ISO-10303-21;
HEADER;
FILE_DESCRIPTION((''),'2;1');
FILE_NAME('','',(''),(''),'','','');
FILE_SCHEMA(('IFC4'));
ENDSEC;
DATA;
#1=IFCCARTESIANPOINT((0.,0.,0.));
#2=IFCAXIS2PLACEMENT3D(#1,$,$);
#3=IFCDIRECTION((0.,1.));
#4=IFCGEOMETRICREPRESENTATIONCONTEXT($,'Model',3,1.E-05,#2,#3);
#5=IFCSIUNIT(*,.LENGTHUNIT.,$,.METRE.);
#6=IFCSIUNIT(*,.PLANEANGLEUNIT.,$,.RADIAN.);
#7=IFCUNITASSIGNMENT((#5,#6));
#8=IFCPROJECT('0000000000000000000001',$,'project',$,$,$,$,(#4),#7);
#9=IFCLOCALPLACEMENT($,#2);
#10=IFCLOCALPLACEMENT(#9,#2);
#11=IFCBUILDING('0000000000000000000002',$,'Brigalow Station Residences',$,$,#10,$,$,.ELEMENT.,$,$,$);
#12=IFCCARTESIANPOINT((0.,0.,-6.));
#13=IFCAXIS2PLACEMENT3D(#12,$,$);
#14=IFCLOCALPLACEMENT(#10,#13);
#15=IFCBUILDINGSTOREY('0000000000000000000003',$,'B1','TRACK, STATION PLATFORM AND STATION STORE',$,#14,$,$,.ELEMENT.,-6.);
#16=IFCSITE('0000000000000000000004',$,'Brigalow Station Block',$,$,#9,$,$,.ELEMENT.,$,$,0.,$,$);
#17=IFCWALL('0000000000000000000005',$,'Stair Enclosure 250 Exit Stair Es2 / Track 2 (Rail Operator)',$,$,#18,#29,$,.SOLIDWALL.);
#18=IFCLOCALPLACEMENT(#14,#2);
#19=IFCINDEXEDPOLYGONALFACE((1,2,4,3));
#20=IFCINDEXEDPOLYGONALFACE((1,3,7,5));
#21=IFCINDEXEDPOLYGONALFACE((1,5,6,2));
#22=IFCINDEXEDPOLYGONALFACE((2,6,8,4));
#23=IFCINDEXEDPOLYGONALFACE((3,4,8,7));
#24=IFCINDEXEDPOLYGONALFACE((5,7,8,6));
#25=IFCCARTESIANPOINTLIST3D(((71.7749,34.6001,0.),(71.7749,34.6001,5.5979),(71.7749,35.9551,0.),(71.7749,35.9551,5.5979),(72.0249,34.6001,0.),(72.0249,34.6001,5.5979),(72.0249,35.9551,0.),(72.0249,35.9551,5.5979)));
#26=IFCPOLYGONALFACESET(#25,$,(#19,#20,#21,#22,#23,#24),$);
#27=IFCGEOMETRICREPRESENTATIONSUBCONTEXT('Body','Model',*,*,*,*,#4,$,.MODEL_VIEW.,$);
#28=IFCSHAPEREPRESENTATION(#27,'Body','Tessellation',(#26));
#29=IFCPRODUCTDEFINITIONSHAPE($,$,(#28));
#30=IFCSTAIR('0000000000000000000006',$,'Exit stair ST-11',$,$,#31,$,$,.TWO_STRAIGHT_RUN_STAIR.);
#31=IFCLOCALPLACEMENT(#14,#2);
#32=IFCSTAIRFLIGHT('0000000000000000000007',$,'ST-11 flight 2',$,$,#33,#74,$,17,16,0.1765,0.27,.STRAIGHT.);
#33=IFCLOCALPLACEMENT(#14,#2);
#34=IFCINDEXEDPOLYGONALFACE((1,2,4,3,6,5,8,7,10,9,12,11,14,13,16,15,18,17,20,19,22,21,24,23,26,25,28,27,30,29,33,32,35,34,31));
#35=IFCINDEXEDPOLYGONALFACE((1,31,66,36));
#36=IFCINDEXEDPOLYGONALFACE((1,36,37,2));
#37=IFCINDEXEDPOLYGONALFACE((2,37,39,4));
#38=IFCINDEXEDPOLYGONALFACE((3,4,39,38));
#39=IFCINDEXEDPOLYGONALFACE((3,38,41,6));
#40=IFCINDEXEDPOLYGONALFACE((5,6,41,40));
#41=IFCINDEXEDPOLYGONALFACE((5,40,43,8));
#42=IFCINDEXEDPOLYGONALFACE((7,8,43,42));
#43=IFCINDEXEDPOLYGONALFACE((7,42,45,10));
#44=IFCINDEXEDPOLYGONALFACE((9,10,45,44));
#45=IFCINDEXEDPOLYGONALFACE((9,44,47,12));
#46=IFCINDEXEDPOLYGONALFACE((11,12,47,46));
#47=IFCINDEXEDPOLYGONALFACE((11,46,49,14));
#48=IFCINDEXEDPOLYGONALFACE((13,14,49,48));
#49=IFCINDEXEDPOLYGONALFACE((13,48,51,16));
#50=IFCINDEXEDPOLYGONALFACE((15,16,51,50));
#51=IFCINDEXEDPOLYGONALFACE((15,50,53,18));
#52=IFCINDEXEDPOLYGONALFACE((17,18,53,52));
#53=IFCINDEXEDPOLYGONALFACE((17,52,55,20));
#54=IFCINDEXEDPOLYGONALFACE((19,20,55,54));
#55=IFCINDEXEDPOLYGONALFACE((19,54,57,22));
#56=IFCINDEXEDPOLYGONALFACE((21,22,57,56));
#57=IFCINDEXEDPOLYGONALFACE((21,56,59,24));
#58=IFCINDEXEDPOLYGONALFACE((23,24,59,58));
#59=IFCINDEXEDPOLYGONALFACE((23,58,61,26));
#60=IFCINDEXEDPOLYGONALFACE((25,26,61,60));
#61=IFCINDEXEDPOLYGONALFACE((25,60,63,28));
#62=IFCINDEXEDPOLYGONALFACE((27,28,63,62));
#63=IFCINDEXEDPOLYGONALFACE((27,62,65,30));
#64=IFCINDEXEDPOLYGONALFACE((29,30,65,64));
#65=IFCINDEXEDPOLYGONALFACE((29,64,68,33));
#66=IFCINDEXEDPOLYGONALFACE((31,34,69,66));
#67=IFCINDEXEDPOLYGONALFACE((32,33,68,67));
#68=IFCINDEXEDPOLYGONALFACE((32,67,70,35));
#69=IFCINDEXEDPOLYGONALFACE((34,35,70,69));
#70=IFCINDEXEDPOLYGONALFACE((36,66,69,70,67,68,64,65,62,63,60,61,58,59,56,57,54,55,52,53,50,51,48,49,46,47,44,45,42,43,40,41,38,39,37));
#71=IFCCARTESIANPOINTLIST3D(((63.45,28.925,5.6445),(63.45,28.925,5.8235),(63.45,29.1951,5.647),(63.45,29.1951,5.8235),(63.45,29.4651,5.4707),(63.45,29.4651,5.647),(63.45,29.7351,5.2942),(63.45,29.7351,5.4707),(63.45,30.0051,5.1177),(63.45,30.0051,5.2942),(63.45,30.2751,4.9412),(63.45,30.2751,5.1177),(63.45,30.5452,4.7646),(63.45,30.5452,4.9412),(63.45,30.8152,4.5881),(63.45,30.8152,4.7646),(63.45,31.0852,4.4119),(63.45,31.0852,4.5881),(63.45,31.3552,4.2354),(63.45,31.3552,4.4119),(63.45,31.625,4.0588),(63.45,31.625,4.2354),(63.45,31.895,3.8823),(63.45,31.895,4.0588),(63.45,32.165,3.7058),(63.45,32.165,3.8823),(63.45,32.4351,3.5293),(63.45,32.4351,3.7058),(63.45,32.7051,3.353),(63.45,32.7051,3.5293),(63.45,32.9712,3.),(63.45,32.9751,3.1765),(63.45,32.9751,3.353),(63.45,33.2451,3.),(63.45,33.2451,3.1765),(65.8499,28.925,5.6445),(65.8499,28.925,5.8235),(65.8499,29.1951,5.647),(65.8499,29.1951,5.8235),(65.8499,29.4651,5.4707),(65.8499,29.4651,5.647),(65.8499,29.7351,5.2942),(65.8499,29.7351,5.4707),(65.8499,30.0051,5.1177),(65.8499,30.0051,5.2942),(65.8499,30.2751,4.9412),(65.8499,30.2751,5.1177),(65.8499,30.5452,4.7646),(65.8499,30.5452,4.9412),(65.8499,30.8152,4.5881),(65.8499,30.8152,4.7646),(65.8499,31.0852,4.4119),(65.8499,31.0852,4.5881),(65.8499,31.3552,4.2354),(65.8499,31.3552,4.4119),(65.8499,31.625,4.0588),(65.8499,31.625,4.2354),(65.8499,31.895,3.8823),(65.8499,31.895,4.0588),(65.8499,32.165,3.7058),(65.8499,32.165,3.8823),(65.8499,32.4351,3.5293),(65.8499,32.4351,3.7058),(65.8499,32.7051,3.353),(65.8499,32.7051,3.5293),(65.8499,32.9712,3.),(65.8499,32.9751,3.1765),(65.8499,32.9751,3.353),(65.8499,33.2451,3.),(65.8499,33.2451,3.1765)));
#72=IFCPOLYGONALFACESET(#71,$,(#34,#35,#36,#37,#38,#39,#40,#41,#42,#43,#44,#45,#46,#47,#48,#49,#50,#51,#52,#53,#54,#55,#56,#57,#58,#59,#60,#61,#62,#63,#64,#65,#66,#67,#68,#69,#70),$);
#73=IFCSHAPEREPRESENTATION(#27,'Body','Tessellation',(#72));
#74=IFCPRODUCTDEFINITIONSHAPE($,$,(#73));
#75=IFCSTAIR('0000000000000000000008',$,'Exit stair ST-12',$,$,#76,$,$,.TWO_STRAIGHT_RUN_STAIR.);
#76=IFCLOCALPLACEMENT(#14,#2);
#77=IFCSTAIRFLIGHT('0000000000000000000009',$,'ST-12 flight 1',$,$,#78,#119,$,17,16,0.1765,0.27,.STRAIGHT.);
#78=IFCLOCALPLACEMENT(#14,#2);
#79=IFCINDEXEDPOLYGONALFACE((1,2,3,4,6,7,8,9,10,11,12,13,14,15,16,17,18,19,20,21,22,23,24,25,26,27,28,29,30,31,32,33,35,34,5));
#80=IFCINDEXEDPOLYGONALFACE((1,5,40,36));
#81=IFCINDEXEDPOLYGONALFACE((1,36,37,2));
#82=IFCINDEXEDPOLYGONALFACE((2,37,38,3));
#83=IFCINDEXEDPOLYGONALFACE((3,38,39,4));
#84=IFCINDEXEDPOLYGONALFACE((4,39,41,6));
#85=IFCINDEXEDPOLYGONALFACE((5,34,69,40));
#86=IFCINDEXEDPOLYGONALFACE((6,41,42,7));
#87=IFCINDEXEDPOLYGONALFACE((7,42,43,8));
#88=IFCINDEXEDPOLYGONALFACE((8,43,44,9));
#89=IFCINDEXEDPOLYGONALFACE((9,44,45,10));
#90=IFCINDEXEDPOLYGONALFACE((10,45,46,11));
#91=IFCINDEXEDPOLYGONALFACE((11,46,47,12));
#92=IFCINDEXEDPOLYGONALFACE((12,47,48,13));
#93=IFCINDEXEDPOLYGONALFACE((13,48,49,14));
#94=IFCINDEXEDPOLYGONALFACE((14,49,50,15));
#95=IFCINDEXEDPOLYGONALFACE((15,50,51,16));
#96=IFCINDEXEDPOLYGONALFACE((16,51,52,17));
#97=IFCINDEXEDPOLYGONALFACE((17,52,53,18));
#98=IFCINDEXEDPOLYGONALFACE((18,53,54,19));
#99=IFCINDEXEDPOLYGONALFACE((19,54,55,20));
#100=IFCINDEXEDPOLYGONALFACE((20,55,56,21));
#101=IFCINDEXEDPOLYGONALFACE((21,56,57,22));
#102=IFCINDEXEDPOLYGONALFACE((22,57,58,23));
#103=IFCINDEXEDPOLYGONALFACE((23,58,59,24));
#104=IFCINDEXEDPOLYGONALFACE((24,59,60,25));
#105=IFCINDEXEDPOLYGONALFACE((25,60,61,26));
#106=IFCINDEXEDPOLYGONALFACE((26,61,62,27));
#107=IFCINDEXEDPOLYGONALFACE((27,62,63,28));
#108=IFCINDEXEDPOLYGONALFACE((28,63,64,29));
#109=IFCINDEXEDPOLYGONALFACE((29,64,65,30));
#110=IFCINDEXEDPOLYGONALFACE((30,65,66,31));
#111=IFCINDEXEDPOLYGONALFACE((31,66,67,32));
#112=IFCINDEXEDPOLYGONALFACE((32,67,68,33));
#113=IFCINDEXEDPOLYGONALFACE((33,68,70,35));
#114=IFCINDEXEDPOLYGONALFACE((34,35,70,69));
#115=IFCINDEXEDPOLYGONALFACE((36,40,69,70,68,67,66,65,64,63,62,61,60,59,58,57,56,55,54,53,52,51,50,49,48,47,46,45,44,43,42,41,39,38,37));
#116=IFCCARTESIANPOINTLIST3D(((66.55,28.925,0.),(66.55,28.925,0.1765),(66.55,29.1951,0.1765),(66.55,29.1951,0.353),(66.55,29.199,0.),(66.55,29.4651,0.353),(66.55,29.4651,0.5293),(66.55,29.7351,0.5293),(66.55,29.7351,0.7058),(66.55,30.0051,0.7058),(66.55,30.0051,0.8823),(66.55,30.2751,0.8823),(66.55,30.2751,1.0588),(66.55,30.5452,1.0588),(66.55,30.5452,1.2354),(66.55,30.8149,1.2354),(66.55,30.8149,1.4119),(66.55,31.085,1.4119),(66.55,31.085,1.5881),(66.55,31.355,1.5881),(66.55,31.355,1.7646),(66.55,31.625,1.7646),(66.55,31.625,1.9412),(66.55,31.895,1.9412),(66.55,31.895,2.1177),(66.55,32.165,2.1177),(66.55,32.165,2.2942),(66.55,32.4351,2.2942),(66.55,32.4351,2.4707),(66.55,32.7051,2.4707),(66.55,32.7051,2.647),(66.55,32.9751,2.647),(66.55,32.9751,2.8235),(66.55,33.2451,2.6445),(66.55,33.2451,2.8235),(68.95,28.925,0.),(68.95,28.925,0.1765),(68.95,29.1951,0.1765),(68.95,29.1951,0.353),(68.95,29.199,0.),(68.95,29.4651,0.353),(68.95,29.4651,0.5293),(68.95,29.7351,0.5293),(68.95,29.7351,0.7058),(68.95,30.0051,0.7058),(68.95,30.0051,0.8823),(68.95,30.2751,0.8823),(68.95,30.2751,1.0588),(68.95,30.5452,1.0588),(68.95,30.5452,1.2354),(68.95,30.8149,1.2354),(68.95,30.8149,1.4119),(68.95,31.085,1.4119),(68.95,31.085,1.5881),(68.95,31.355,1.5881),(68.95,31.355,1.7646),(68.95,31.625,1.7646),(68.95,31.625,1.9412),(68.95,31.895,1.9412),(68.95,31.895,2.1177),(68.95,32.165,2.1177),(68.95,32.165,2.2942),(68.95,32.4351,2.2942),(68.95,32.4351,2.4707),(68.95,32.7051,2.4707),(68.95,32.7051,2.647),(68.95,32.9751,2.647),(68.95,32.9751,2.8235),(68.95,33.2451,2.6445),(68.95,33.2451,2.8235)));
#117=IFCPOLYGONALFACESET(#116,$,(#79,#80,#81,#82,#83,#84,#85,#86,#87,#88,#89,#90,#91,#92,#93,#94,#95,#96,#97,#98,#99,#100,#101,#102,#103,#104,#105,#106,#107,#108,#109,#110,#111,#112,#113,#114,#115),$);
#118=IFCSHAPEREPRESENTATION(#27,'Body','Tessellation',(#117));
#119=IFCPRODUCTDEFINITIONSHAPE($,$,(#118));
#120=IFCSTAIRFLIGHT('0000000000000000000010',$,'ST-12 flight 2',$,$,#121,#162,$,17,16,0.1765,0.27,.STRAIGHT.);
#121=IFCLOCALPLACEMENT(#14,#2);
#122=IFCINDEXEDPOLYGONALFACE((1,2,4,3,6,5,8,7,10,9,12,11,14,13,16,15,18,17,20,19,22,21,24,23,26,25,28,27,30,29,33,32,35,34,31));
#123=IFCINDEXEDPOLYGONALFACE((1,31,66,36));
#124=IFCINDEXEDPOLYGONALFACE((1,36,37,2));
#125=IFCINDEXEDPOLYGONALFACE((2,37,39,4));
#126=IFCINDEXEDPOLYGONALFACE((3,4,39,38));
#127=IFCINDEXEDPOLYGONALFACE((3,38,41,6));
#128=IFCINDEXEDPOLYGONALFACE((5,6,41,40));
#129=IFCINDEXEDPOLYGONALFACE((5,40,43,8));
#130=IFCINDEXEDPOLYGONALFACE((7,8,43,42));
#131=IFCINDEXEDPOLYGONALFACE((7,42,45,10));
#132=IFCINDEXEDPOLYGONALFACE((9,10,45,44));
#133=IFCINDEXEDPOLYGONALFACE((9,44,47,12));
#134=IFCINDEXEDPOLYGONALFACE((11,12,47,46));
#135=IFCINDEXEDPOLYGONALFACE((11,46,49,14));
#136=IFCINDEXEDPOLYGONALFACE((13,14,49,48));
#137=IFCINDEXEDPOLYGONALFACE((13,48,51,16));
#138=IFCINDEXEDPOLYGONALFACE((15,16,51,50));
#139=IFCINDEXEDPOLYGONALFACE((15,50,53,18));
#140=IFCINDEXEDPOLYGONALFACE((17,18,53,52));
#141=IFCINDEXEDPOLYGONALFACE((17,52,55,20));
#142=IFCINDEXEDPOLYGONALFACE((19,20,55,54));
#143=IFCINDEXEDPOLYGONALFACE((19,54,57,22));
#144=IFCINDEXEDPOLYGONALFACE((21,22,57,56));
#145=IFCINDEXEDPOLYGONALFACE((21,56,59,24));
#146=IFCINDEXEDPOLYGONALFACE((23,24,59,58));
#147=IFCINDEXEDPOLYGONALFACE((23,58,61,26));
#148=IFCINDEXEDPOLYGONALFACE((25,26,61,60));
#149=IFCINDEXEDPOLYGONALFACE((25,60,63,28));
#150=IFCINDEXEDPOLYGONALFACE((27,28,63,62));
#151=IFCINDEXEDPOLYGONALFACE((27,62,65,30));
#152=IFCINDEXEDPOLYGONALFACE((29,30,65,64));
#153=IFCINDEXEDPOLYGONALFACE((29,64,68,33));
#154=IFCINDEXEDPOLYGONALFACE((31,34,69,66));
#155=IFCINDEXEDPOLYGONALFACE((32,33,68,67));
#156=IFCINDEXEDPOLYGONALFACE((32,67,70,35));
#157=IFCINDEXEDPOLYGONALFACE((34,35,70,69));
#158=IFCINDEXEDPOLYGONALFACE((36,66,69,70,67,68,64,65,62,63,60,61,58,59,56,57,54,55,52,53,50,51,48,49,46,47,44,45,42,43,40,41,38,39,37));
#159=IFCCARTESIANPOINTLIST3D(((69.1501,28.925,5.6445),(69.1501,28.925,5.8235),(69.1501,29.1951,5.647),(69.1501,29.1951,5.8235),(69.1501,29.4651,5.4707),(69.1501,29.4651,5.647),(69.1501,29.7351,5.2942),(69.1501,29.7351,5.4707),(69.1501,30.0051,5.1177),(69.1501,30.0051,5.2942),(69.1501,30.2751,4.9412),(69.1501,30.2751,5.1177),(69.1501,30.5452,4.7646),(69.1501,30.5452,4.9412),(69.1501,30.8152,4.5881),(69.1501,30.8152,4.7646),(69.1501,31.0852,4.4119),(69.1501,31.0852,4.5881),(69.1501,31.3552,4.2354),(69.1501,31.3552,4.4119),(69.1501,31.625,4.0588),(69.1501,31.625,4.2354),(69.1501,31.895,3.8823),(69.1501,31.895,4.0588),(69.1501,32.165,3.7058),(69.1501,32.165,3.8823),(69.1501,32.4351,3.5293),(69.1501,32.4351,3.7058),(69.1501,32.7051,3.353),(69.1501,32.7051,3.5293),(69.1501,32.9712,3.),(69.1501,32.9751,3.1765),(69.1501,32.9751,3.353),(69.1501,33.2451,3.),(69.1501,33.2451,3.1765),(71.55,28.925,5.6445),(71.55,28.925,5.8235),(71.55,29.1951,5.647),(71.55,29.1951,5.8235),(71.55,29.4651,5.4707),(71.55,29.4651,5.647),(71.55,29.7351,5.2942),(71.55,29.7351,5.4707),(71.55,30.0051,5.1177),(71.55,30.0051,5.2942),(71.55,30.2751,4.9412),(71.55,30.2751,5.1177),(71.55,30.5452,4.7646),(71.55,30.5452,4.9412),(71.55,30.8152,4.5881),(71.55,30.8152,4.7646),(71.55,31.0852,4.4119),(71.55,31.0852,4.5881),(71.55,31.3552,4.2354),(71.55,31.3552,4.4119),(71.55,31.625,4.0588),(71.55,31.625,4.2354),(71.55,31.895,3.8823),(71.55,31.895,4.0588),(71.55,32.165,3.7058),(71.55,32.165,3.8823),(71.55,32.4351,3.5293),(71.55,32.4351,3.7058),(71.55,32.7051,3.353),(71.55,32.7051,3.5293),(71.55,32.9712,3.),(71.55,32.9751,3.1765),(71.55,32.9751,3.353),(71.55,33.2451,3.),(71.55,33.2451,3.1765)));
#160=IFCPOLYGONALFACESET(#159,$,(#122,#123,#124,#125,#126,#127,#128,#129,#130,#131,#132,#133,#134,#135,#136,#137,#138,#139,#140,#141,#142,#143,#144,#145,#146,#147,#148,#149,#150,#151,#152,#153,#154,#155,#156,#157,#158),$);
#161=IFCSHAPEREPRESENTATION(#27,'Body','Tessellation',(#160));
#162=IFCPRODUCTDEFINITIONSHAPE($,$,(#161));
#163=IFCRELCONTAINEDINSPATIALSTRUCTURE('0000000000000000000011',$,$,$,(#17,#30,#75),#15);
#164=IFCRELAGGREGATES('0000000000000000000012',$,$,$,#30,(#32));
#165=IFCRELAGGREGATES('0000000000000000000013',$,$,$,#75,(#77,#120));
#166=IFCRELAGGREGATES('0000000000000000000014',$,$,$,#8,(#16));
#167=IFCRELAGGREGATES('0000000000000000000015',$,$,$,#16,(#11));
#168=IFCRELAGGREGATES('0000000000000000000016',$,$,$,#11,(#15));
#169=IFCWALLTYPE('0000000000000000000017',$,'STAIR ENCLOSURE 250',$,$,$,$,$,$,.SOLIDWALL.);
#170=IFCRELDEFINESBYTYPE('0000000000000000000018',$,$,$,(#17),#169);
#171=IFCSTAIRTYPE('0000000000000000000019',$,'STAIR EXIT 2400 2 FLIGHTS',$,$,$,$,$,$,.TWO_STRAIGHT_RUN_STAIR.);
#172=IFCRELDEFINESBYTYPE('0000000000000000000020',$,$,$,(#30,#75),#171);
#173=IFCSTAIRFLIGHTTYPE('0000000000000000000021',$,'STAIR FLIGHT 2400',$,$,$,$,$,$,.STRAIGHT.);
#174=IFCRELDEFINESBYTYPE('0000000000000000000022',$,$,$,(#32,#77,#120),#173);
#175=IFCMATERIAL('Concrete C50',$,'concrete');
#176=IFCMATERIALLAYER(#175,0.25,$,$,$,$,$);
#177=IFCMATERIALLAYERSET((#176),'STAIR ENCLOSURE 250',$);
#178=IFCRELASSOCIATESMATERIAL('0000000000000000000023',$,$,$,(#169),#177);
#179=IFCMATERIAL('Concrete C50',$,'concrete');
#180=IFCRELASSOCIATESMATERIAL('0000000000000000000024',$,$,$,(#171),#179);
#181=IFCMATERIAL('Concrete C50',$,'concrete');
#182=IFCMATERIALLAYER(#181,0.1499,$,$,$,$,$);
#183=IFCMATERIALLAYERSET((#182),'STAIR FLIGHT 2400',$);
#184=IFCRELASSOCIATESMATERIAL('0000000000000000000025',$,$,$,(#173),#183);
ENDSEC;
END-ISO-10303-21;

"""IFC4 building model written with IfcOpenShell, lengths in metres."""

from ifc_helpers import new_model, si_unit, direction, frame, frame_2d, origin, place, context, subcontext, project, spatial, polyline, rectangle, outline, extrude, material, layer, layer_set, type_object, element, aggregate, save


model = new_model("IFC4")

# Units and contexts
model_context = context("Model", 3, precision=1e-05, world=origin(), true_north=direction((0.0, 1.0)))
body_context = subcontext(model_context, "Body", "Model", "MODEL_VIEW")
ifc_project = project(units=[si_unit("LENGTHUNIT", "METRE"), si_unit("PLANEANGLEUNIT", "RADIAN")], contexts=[model_context])

# Site, building, storey
site_placement = place(None, origin())
site = spatial("IfcSite", under=ifc_project, at=site_placement, Name="Brigalow Station Block", CompositionType="ELEMENT", RefElevation=0.0)
building_placement = place(site_placement, origin())
building = spatial("IfcBuilding", under=site, at=building_placement, Name="Brigalow Station Residences", CompositionType="ELEMENT")
storey_placement = place(building_placement, frame((0.0, 0.0, -6.0)))
storey = spatial("IfcBuildingStorey", under=building, at=storey_placement, Name="B1", Description="TRACK, STATION PLATFORM AND STATION STORE", CompositionType="ELEMENT", Elevation=-6.0)

# Shared definitions
ifc_material_1 = material(Name="Concrete C50", Category="concrete")
ifc_layer_1 = layer(ifc_material_1, 0.25)
ifc_layer_set_1 = layer_set([ifc_layer_1], Name="STAIR ENCLOSURE 250")
wall_type_1 = type_object("IfcWallType", Name="STAIR ENCLOSURE 250", PredefinedType="SOLIDWALL", material=ifc_layer_set_1)

# Wall
wall_1_placement = place(storey_placement, frame((71.8999, 34.6001, 0.0), z_axis=(0.0, 0.0, 1.0), x_axis=(0.0, 1.0, 0.0)))
element("IfcWall", 1, at=wall_1_placement, inside=storey, type_object=wall_type_1, Name="Stair Enclosure 250 Exit Stair Es2 / Track 2 (Rail Operator)", PredefinedType="SOLIDWALL", context=body_context, shape_type="SweptSolid", body=[
    extrude(rectangle(XDim=1.355, YDim=0.25, at=frame_2d((0.6775, 0.0))), origin(), (0.0, 0.0, 1.0), 5.5979),
])

# Stair, stair flight
ifc_material_2 = material(Name="Concrete C50", Category="concrete")
stair_type = type_object("IfcStairType", Name="STAIR EXIT 2400 2 FLIGHTS", PredefinedType="TWO_STRAIGHT_RUN_STAIR", material=ifc_material_2)
stair_1_placement = place(storey_placement, origin())
stair_1 = element("IfcStair", 2, at=stair_1_placement, inside=storey, type_object=stair_type, Name="Exit stair ST-11", PredefinedType="TWO_STRAIGHT_RUN_STAIR")
ifc_material_3 = material(Name="Concrete C50", Category="concrete")
ifc_layer_2 = layer(ifc_material_3, 0.1499)
ifc_layer_set_2 = layer_set([ifc_layer_2], Name="STAIR FLIGHT 2400")
stair_flight_type = type_object("IfcStairFlightType", Name="STAIR FLIGHT 2400", PredefinedType="STRAIGHT", material=ifc_layer_set_2)
stair_flight_1_placement = place(storey_placement, frame((64.6499, 33.2451, 3.0), z_axis=(0.0, 0.0, 1.0), x_axis=(0.0, -1.0, 0.0)))
stair_flight_1 = element("IfcStairFlight", 3, at=stair_flight_1_placement, type_object=stair_flight_type, Name="ST-11 flight 2", NumberOfRisers=17, NumberOfTreads=16, PredefinedType="STRAIGHT", RiserHeight=0.1765, TreadLength=0.27, context=body_context, shape_type="SweptSolid", body=[
    extrude(outline(polyline([(0.0, 0.0), (0.0, 0.1765), (0.27, 0.1765), (0.27, 0.353), (0.54, 0.353), (0.54, 0.5293), (0.8101, 0.5293), (0.8101, 0.7058), (1.0801, 0.7058), (1.0801, 0.8823), (1.3501, 0.8823), (1.3501, 1.0588), (1.6201, 1.0588), (1.6201, 1.2354), (1.8899, 1.2354), (1.8899, 1.4119), (2.1599, 1.4119), (2.1599, 1.5881), (2.4299, 1.5881), (2.4299, 1.7646), (2.7, 1.7646), (2.7, 1.9412), (2.97, 1.9412), (2.97, 2.1177), (3.24, 2.1177), (3.24, 2.2942), (3.51, 2.2942), (3.51, 2.4707), (3.78, 2.4707), (3.78, 2.647), (4.05, 2.647), (4.05, 2.8235), (4.3201, 2.8235), (4.3201, 3.0), (4.3201, 2.6445), (0.2739, 0.0), (0.0, 0.0)])), frame((0.0, 1.2, 0.0), z_axis=(0.0, -1.0, 0.0), x_axis=(1.0, 0.0, 0.0)), (0.0, 0.0, 1.0), 2.3999),
])
aggregate(stair_1, [stair_flight_1])

# Stair, stair flights
stair_2_placement = place(storey_placement, origin())
stair_2 = element("IfcStair", 4, at=stair_2_placement, inside=storey, type_object=stair_type, Name="Exit stair ST-12", PredefinedType="TWO_STRAIGHT_RUN_STAIR")
stair_flight_2_placement = place(storey_placement, frame((67.75, 28.925, 0.0), z_axis=(0.0, 0.0, 1.0), x_axis=(0.0, 1.0, 0.0)))
stair_flight_2 = element("IfcStairFlight", 5, at=stair_flight_2_placement, type_object=stair_flight_type, Name="ST-12 flight 1", NumberOfRisers=17, NumberOfTreads=16, PredefinedType="STRAIGHT", RiserHeight=0.1765, TreadLength=0.27, context=body_context, shape_type="SweptSolid", body=[
    extrude(outline(polyline([(0.0, 0.0), (0.0, 0.1765), (0.27, 0.1765), (0.27, 0.353), (0.54, 0.353), (0.54, 0.5293), (0.8101, 0.5293), (0.8101, 0.7058), (1.0801, 0.7058), (1.0801, 0.8823), (1.3501, 0.8823), (1.3501, 1.0588), (1.6201, 1.0588), (1.6201, 1.2354), (1.8899, 1.2354), (1.8899, 1.4119), (2.1599, 1.4119), (2.1599, 1.5881), (2.4299, 1.5881), (2.4299, 1.7646), (2.7, 1.7646), (2.7, 1.9412), (2.97, 1.9412), (2.97, 2.1177), (3.24, 2.1177), (3.24, 2.2942), (3.51, 2.2942), (3.51, 2.4707), (3.78, 2.4707), (3.78, 2.647), (4.05, 2.647), (4.05, 2.8235), (4.3201, 2.8235), (4.3201, 3.0), (4.3201, 2.6445), (0.2739, 0.0), (0.0, 0.0)])), frame((0.0, 1.2, 0.0), z_axis=(0.0, -1.0, 0.0), x_axis=(1.0, 0.0, 0.0)), (0.0, 0.0, 1.0), 2.3999),
])
stair_flight_3_placement = place(storey_placement, frame((70.3501, 33.2451, 3.0), z_axis=(0.0, 0.0, 1.0), x_axis=(0.0, -1.0, 0.0)))
stair_flight_3 = element("IfcStairFlight", 6, at=stair_flight_3_placement, type_object=stair_flight_type, Name="ST-12 flight 2", NumberOfRisers=17, NumberOfTreads=16, PredefinedType="STRAIGHT", RiserHeight=0.1765, TreadLength=0.27, context=body_context, shape_type="SweptSolid", body=[
    extrude(outline(polyline([(0.0, 0.0), (0.0, 0.1765), (0.27, 0.1765), (0.27, 0.353), (0.54, 0.353), (0.54, 0.5293), (0.8101, 0.5293), (0.8101, 0.7058), (1.0801, 0.7058), (1.0801, 0.8823), (1.3501, 0.8823), (1.3501, 1.0588), (1.6201, 1.0588), (1.6201, 1.2354), (1.8899, 1.2354), (1.8899, 1.4119), (2.1599, 1.4119), (2.1599, 1.5881), (2.4299, 1.5881), (2.4299, 1.7646), (2.7, 1.7646), (2.7, 1.9412), (2.97, 1.9412), (2.97, 2.1177), (3.24, 2.1177), (3.24, 2.2942), (3.51, 2.2942), (3.51, 2.4707), (3.78, 2.4707), (3.78, 2.647), (4.05, 2.647), (4.05, 2.8235), (4.3201, 2.8235), (4.3201, 3.0), (4.3201, 2.6445), (0.2739, 0.0), (0.0, 0.0)])), frame((0.0, 1.2, 0.0), z_axis=(0.0, -1.0, 0.0), x_axis=(1.0, 0.0, 0.0)), (0.0, 0.0, 1.0), 2.3999),
])
aggregate(stair_2, [stair_flight_2, stair_flight_3])

save(model, "model.ifc")
